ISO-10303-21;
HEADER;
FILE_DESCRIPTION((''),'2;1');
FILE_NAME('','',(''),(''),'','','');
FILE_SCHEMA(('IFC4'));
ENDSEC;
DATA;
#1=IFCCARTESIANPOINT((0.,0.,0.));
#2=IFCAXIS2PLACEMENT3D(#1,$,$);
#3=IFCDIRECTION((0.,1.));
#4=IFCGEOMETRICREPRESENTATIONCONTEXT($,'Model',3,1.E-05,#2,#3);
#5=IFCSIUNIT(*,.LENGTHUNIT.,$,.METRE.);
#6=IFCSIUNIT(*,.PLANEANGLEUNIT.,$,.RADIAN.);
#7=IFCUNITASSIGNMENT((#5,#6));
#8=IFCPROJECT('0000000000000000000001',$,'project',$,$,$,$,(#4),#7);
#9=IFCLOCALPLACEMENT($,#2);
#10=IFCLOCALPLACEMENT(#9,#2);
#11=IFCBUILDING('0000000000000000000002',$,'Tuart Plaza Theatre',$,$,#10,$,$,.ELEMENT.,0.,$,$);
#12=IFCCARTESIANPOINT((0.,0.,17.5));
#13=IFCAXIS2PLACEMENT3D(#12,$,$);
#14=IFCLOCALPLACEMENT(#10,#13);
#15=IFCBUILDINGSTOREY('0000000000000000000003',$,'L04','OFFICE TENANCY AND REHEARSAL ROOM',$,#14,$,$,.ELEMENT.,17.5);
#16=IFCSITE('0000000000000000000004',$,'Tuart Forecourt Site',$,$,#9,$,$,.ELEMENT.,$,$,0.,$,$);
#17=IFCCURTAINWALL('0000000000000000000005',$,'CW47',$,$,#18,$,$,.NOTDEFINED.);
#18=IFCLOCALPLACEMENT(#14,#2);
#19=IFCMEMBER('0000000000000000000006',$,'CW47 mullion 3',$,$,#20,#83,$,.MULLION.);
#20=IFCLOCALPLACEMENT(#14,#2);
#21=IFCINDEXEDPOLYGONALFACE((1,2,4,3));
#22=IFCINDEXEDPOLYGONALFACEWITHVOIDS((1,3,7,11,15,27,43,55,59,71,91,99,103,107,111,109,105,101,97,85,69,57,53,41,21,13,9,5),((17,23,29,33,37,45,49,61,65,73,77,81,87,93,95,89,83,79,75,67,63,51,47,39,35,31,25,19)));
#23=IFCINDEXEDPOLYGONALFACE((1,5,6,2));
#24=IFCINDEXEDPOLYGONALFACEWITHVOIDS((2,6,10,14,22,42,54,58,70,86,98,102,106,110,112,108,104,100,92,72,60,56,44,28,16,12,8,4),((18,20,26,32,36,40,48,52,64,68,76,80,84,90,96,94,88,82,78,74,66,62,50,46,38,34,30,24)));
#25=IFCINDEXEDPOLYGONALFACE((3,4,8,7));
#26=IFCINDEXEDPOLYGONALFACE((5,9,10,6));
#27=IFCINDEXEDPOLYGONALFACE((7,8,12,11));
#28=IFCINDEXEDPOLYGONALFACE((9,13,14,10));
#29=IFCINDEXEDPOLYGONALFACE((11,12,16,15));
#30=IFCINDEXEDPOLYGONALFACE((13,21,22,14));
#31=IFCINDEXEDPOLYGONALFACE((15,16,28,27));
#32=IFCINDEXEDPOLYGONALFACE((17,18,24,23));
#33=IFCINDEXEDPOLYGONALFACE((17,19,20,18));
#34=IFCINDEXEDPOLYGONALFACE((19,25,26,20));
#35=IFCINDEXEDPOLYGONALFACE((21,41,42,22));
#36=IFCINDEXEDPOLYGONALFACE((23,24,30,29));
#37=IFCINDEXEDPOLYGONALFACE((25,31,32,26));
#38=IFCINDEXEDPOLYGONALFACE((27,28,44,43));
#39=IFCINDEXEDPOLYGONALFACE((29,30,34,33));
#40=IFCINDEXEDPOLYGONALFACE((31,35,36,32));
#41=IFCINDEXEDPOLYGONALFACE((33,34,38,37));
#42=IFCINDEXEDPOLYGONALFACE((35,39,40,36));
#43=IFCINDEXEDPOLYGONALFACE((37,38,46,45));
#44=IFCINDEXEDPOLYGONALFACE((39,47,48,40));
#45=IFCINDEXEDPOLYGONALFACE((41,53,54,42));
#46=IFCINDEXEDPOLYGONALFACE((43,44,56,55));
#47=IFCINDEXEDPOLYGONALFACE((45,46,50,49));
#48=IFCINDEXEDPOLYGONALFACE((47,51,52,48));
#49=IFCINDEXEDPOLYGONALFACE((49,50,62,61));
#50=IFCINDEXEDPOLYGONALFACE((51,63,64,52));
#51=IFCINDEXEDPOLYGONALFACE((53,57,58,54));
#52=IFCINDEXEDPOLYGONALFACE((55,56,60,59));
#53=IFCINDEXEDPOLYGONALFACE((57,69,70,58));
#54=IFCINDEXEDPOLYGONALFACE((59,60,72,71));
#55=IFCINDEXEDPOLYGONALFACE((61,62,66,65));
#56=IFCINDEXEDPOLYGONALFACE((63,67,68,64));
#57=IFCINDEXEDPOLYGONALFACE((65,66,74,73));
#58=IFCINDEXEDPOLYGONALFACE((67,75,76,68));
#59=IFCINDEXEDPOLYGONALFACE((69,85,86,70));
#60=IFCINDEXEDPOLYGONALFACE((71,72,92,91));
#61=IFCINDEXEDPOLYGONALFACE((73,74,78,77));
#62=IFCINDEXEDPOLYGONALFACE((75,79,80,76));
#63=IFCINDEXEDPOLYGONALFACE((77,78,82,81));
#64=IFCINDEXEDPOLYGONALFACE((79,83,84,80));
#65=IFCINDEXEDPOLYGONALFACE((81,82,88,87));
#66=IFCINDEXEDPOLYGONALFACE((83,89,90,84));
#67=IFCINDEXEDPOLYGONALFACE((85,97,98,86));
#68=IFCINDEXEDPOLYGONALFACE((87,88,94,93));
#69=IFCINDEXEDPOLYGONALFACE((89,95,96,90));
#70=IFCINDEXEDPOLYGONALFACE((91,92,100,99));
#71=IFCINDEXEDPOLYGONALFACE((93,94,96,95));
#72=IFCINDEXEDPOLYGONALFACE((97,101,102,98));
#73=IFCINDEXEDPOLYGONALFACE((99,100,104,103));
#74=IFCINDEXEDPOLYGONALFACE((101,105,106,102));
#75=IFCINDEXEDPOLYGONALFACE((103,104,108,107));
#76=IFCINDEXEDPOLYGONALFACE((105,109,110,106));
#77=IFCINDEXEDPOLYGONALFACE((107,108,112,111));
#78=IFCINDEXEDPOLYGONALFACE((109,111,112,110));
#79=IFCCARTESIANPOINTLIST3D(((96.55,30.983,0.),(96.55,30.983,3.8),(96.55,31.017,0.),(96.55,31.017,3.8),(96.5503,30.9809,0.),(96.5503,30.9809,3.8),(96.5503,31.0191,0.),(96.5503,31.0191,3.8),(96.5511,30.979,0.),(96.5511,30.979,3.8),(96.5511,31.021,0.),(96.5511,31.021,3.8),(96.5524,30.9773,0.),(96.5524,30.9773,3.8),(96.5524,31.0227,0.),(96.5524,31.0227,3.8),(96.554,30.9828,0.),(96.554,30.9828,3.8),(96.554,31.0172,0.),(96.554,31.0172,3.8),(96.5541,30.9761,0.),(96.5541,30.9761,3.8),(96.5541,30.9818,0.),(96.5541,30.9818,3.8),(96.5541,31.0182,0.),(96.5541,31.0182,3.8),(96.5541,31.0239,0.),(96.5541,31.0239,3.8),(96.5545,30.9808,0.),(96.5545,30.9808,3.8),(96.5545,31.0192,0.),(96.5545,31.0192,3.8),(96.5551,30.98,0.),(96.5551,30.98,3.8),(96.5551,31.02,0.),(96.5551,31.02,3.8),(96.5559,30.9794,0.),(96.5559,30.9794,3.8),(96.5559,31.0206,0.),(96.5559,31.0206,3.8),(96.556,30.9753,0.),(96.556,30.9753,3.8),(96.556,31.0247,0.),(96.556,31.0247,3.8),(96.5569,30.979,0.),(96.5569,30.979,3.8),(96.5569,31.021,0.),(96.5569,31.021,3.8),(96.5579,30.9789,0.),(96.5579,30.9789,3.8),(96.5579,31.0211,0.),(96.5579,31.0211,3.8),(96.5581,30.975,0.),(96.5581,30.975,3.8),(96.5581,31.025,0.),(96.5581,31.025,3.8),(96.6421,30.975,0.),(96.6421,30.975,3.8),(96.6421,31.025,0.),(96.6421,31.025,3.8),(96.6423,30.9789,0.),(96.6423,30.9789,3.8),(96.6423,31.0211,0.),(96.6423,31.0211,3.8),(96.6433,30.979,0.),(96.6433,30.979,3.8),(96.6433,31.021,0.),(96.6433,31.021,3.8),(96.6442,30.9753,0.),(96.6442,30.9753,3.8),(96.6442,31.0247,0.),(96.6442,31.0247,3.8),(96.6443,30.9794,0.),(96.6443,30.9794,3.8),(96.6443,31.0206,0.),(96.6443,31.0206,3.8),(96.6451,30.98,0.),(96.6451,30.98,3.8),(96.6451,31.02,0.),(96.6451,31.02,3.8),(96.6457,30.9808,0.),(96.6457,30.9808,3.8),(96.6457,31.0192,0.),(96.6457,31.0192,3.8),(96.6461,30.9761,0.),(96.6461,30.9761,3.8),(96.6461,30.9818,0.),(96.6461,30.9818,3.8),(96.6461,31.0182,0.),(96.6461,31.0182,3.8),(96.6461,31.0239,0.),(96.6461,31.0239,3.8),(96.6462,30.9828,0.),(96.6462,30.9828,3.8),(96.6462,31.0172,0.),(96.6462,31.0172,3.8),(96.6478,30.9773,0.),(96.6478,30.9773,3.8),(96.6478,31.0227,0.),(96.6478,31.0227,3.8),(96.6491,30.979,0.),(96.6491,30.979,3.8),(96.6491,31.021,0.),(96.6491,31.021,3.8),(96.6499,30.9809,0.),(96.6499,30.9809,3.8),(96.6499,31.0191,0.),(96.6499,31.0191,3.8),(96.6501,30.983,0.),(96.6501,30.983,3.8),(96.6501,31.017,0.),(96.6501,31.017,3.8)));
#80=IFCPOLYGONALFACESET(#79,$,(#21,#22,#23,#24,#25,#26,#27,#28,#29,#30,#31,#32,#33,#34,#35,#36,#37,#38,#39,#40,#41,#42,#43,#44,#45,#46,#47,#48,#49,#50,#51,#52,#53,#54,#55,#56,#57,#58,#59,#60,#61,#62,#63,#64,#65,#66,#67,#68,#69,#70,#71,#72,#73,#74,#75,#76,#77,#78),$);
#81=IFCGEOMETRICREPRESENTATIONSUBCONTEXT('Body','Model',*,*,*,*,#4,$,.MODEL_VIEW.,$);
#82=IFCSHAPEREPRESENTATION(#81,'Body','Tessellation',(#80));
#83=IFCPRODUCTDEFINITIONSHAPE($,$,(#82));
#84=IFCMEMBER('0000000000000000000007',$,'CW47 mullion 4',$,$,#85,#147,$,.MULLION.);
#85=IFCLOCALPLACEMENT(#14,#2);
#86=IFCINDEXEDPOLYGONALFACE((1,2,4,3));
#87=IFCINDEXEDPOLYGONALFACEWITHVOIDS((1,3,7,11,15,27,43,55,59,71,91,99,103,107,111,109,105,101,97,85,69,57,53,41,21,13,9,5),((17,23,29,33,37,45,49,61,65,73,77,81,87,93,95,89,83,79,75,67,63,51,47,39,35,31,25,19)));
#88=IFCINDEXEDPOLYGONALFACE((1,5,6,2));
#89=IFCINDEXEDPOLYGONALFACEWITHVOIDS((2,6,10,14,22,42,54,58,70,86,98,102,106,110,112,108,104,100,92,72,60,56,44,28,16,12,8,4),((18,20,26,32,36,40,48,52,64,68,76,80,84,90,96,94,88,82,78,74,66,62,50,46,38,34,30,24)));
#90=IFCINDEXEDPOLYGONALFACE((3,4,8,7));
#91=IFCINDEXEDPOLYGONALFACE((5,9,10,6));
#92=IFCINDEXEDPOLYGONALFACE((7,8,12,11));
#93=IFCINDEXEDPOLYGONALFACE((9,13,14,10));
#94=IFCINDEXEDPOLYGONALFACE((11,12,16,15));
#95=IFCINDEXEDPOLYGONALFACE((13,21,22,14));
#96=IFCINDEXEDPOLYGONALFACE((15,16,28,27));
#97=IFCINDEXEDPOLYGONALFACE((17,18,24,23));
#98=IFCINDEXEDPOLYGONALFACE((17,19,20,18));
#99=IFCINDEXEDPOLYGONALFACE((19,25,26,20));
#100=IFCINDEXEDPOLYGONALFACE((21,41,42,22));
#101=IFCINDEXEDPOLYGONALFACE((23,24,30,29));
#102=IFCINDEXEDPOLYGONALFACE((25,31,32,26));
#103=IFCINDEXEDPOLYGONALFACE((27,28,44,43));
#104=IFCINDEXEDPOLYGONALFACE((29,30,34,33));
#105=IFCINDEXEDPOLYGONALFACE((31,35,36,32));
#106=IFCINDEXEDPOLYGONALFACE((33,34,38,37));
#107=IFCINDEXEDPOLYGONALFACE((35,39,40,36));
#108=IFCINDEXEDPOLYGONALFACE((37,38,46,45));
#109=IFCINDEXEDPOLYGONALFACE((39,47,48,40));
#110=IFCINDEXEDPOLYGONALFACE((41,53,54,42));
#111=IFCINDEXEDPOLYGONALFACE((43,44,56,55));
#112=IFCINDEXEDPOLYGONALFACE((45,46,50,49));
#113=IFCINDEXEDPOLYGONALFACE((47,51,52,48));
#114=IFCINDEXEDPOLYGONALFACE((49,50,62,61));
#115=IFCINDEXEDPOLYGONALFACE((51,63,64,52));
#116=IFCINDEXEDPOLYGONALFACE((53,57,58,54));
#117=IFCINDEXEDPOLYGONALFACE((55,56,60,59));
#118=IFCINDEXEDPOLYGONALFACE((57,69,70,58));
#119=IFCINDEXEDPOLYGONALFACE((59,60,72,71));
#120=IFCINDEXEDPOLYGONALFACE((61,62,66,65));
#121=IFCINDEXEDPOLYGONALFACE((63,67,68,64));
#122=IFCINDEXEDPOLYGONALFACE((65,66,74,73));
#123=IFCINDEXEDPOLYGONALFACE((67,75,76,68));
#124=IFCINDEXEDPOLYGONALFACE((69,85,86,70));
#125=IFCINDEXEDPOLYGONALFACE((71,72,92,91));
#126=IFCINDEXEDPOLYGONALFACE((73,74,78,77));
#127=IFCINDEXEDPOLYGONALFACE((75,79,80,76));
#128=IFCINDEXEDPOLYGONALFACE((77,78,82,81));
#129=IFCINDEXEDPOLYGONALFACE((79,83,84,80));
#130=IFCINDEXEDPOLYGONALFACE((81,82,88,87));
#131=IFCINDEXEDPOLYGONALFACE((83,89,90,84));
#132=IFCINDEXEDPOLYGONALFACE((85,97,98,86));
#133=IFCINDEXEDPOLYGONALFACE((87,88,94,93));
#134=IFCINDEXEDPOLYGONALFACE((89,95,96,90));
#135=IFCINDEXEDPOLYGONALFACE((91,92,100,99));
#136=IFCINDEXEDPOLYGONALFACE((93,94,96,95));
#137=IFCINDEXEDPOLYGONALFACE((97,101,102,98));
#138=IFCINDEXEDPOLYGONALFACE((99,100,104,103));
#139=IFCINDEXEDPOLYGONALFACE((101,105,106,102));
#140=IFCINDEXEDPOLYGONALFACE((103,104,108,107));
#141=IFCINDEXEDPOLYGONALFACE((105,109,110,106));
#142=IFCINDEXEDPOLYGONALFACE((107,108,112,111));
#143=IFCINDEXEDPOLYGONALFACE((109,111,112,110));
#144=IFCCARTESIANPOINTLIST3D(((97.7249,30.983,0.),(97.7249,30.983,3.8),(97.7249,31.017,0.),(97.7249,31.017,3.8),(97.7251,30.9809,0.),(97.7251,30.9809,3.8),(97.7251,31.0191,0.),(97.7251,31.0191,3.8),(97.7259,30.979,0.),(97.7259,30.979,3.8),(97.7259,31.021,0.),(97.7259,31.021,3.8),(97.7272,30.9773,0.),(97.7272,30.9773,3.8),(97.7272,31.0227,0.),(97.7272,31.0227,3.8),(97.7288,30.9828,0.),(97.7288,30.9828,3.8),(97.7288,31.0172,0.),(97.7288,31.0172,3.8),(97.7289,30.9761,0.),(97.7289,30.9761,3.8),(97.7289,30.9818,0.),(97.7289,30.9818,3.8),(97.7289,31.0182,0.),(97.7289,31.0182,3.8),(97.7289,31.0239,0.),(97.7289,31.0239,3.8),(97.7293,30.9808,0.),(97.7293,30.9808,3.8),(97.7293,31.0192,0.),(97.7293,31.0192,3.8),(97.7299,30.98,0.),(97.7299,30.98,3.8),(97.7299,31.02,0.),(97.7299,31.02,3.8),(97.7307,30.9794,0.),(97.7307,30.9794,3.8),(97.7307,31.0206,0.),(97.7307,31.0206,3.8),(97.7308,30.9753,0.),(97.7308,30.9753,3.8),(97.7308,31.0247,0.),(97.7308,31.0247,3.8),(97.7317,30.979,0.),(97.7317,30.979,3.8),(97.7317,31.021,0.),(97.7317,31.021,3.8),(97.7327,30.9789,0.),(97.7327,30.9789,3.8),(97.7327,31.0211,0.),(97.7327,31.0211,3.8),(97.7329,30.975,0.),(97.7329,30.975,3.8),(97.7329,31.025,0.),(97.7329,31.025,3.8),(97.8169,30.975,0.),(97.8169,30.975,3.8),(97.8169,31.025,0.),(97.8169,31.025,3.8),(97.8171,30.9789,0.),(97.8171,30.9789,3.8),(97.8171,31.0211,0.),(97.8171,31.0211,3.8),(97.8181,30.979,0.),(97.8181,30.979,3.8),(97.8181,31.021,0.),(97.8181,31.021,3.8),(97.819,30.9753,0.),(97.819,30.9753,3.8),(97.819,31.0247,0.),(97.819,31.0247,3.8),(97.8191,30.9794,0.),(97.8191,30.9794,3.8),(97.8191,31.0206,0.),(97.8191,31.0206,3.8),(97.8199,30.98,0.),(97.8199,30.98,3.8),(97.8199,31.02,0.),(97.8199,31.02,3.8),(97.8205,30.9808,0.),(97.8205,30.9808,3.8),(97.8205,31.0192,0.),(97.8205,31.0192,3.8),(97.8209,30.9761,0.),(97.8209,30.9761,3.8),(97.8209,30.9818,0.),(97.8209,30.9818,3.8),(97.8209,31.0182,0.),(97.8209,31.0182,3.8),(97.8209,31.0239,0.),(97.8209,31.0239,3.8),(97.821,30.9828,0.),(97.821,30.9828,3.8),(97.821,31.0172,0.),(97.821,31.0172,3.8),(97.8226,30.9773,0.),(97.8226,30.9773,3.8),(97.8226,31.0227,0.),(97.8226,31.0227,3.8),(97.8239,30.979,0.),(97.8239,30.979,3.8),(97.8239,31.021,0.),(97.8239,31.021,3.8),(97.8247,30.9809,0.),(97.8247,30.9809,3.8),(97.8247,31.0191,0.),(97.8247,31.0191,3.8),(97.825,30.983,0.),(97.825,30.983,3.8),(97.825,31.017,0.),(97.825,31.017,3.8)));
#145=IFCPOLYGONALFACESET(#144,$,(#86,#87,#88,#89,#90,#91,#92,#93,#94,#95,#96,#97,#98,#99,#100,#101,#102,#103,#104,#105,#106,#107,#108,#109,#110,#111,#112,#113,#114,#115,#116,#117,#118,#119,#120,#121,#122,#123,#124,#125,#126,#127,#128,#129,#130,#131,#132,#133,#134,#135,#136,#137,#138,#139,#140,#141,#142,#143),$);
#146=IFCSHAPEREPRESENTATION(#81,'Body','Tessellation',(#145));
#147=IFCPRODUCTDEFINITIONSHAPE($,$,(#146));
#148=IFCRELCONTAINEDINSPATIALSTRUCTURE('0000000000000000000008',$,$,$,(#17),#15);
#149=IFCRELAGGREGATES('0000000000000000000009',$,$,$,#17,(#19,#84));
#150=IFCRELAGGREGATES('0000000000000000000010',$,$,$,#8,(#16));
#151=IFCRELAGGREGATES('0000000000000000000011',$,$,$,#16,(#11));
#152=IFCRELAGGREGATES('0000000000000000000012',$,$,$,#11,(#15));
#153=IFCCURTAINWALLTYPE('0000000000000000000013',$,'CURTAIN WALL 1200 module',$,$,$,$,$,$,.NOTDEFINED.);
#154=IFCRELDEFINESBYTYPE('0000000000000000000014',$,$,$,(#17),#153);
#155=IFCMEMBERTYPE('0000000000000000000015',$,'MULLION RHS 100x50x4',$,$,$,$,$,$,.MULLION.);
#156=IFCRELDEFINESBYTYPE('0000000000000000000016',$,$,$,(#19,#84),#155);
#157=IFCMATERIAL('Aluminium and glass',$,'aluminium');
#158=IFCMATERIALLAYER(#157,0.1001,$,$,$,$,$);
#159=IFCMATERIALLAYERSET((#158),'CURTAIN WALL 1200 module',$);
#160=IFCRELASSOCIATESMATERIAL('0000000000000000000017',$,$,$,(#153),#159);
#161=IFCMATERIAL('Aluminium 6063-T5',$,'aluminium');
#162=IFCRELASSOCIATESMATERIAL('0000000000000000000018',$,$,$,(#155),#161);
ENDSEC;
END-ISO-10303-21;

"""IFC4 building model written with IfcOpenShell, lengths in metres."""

from ifc_helpers import new_model, si_unit, direction, frame, origin, origin_2d, place, context, subcontext, project, spatial, hollow_rectangle, extrude, material, layer, layer_set, material_profile, profile_set, type_object, element, aggregate, save


model = new_model("IFC4")

# Units and contexts
model_context = context("Model", 3, precision=1e-05, world=origin(), true_north=direction((0.0, 1.0)))
body_context = subcontext(model_context, "Body", "Model", "MODEL_VIEW")
ifc_project = project(units=[si_unit("LENGTHUNIT", "METRE"), si_unit("PLANEANGLEUNIT", "RADIAN")], contexts=[model_context])

# Site, building, storey
site_placement = place(None, origin())
site = spatial("IfcSite", under=ifc_project, at=site_placement, Name="Tuart Forecourt Site", CompositionType="ELEMENT", RefElevation=0.0)
building_placement = place(site_placement, origin())
building = spatial("IfcBuilding", under=site, at=building_placement, Name="Tuart Plaza Theatre", CompositionType="ELEMENT", ElevationOfRefHeight=0.0)
storey_placement = place(building_placement, frame((0.0, 0.0, 17.5)))
storey = spatial("IfcBuildingStorey", under=building, at=storey_placement, Name="L04", Description="OFFICE TENANCY AND REHEARSAL ROOM", CompositionType="ELEMENT", Elevation=17.5)

# Curtain wall, members
ifc_material_1 = material(Name="Aluminium and glass", Category="aluminium")
ifc_layer_1 = layer(ifc_material_1, 0.1001)
ifc_layer_set_1 = layer_set([ifc_layer_1], Name="CURTAIN WALL 1200 module")
curtain_wall_type = type_object("IfcCurtainWallType", Name="CURTAIN WALL 1200 module", PredefinedType="NOTDEFINED", material=ifc_layer_set_1)
curtain_wall_placement = place(storey_placement, origin())
curtain_wall = element("IfcCurtainWall", 1, at=curtain_wall_placement, inside=storey, type_object=curtain_wall_type, Name="CW47", PredefinedType="NOTDEFINED")
ifc_material_2 = material(Name="Aluminium 6063-T5", Category="aluminium")
ifc_material_profile_1 = material_profile(ifc_material_2, hollow_rectangle(XDim=0.05, YDim=0.1001, WallThickness=0.0039, InnerFilletRadius=0.0039, OuterFilletRadius=0.0081, at=origin_2d()), Name="RHS 100x50x4")
ifc_profile_set_1 = profile_set([ifc_material_profile_1], Name="Aluminium 6063-T5")
member_type_1 = type_object("IfcMemberType", Name="MULLION RHS 100x50x4", PredefinedType="MULLION", material=ifc_profile_set_1)
member_1_placement = place(storey_placement, frame((96.6001, 31.0, 0.0), z_axis=(0.0, 0.0, 1.0), x_axis=(0.0, 1.0, 0.0)))
member_1 = element("IfcMember", 2, at=member_1_placement, type_object=member_type_1, Name="CW47 mullion 3", PredefinedType="MULLION", context=body_context, shape_type="SweptSolid", body=[
    extrude(hollow_rectangle(XDim=0.05, YDim=0.1001, WallThickness=0.0039, InnerFilletRadius=0.0039, OuterFilletRadius=0.0081, at=origin_2d()), origin(), (0.0, 0.0, 1.0), 3.8),
])
member_2_placement = place(storey_placement, frame((97.7749, 31.0, 0.0), z_axis=(0.0, 0.0, 1.0), x_axis=(0.0, 1.0, 0.0)))
member_2 = element("IfcMember", 3, at=member_2_placement, type_object=member_type_1, Name="CW47 mullion 4", PredefinedType="MULLION", context=body_context, shape_type="SweptSolid", body=[
    extrude(hollow_rectangle(XDim=0.05, YDim=0.1001, WallThickness=0.0039, InnerFilletRadius=0.0039, OuterFilletRadius=0.0081, at=origin_2d()), origin(), (0.0, 0.0, 1.0), 3.8),
])
aggregate(curtain_wall, [member_1, member_2])

save(model, "model.ifc")
